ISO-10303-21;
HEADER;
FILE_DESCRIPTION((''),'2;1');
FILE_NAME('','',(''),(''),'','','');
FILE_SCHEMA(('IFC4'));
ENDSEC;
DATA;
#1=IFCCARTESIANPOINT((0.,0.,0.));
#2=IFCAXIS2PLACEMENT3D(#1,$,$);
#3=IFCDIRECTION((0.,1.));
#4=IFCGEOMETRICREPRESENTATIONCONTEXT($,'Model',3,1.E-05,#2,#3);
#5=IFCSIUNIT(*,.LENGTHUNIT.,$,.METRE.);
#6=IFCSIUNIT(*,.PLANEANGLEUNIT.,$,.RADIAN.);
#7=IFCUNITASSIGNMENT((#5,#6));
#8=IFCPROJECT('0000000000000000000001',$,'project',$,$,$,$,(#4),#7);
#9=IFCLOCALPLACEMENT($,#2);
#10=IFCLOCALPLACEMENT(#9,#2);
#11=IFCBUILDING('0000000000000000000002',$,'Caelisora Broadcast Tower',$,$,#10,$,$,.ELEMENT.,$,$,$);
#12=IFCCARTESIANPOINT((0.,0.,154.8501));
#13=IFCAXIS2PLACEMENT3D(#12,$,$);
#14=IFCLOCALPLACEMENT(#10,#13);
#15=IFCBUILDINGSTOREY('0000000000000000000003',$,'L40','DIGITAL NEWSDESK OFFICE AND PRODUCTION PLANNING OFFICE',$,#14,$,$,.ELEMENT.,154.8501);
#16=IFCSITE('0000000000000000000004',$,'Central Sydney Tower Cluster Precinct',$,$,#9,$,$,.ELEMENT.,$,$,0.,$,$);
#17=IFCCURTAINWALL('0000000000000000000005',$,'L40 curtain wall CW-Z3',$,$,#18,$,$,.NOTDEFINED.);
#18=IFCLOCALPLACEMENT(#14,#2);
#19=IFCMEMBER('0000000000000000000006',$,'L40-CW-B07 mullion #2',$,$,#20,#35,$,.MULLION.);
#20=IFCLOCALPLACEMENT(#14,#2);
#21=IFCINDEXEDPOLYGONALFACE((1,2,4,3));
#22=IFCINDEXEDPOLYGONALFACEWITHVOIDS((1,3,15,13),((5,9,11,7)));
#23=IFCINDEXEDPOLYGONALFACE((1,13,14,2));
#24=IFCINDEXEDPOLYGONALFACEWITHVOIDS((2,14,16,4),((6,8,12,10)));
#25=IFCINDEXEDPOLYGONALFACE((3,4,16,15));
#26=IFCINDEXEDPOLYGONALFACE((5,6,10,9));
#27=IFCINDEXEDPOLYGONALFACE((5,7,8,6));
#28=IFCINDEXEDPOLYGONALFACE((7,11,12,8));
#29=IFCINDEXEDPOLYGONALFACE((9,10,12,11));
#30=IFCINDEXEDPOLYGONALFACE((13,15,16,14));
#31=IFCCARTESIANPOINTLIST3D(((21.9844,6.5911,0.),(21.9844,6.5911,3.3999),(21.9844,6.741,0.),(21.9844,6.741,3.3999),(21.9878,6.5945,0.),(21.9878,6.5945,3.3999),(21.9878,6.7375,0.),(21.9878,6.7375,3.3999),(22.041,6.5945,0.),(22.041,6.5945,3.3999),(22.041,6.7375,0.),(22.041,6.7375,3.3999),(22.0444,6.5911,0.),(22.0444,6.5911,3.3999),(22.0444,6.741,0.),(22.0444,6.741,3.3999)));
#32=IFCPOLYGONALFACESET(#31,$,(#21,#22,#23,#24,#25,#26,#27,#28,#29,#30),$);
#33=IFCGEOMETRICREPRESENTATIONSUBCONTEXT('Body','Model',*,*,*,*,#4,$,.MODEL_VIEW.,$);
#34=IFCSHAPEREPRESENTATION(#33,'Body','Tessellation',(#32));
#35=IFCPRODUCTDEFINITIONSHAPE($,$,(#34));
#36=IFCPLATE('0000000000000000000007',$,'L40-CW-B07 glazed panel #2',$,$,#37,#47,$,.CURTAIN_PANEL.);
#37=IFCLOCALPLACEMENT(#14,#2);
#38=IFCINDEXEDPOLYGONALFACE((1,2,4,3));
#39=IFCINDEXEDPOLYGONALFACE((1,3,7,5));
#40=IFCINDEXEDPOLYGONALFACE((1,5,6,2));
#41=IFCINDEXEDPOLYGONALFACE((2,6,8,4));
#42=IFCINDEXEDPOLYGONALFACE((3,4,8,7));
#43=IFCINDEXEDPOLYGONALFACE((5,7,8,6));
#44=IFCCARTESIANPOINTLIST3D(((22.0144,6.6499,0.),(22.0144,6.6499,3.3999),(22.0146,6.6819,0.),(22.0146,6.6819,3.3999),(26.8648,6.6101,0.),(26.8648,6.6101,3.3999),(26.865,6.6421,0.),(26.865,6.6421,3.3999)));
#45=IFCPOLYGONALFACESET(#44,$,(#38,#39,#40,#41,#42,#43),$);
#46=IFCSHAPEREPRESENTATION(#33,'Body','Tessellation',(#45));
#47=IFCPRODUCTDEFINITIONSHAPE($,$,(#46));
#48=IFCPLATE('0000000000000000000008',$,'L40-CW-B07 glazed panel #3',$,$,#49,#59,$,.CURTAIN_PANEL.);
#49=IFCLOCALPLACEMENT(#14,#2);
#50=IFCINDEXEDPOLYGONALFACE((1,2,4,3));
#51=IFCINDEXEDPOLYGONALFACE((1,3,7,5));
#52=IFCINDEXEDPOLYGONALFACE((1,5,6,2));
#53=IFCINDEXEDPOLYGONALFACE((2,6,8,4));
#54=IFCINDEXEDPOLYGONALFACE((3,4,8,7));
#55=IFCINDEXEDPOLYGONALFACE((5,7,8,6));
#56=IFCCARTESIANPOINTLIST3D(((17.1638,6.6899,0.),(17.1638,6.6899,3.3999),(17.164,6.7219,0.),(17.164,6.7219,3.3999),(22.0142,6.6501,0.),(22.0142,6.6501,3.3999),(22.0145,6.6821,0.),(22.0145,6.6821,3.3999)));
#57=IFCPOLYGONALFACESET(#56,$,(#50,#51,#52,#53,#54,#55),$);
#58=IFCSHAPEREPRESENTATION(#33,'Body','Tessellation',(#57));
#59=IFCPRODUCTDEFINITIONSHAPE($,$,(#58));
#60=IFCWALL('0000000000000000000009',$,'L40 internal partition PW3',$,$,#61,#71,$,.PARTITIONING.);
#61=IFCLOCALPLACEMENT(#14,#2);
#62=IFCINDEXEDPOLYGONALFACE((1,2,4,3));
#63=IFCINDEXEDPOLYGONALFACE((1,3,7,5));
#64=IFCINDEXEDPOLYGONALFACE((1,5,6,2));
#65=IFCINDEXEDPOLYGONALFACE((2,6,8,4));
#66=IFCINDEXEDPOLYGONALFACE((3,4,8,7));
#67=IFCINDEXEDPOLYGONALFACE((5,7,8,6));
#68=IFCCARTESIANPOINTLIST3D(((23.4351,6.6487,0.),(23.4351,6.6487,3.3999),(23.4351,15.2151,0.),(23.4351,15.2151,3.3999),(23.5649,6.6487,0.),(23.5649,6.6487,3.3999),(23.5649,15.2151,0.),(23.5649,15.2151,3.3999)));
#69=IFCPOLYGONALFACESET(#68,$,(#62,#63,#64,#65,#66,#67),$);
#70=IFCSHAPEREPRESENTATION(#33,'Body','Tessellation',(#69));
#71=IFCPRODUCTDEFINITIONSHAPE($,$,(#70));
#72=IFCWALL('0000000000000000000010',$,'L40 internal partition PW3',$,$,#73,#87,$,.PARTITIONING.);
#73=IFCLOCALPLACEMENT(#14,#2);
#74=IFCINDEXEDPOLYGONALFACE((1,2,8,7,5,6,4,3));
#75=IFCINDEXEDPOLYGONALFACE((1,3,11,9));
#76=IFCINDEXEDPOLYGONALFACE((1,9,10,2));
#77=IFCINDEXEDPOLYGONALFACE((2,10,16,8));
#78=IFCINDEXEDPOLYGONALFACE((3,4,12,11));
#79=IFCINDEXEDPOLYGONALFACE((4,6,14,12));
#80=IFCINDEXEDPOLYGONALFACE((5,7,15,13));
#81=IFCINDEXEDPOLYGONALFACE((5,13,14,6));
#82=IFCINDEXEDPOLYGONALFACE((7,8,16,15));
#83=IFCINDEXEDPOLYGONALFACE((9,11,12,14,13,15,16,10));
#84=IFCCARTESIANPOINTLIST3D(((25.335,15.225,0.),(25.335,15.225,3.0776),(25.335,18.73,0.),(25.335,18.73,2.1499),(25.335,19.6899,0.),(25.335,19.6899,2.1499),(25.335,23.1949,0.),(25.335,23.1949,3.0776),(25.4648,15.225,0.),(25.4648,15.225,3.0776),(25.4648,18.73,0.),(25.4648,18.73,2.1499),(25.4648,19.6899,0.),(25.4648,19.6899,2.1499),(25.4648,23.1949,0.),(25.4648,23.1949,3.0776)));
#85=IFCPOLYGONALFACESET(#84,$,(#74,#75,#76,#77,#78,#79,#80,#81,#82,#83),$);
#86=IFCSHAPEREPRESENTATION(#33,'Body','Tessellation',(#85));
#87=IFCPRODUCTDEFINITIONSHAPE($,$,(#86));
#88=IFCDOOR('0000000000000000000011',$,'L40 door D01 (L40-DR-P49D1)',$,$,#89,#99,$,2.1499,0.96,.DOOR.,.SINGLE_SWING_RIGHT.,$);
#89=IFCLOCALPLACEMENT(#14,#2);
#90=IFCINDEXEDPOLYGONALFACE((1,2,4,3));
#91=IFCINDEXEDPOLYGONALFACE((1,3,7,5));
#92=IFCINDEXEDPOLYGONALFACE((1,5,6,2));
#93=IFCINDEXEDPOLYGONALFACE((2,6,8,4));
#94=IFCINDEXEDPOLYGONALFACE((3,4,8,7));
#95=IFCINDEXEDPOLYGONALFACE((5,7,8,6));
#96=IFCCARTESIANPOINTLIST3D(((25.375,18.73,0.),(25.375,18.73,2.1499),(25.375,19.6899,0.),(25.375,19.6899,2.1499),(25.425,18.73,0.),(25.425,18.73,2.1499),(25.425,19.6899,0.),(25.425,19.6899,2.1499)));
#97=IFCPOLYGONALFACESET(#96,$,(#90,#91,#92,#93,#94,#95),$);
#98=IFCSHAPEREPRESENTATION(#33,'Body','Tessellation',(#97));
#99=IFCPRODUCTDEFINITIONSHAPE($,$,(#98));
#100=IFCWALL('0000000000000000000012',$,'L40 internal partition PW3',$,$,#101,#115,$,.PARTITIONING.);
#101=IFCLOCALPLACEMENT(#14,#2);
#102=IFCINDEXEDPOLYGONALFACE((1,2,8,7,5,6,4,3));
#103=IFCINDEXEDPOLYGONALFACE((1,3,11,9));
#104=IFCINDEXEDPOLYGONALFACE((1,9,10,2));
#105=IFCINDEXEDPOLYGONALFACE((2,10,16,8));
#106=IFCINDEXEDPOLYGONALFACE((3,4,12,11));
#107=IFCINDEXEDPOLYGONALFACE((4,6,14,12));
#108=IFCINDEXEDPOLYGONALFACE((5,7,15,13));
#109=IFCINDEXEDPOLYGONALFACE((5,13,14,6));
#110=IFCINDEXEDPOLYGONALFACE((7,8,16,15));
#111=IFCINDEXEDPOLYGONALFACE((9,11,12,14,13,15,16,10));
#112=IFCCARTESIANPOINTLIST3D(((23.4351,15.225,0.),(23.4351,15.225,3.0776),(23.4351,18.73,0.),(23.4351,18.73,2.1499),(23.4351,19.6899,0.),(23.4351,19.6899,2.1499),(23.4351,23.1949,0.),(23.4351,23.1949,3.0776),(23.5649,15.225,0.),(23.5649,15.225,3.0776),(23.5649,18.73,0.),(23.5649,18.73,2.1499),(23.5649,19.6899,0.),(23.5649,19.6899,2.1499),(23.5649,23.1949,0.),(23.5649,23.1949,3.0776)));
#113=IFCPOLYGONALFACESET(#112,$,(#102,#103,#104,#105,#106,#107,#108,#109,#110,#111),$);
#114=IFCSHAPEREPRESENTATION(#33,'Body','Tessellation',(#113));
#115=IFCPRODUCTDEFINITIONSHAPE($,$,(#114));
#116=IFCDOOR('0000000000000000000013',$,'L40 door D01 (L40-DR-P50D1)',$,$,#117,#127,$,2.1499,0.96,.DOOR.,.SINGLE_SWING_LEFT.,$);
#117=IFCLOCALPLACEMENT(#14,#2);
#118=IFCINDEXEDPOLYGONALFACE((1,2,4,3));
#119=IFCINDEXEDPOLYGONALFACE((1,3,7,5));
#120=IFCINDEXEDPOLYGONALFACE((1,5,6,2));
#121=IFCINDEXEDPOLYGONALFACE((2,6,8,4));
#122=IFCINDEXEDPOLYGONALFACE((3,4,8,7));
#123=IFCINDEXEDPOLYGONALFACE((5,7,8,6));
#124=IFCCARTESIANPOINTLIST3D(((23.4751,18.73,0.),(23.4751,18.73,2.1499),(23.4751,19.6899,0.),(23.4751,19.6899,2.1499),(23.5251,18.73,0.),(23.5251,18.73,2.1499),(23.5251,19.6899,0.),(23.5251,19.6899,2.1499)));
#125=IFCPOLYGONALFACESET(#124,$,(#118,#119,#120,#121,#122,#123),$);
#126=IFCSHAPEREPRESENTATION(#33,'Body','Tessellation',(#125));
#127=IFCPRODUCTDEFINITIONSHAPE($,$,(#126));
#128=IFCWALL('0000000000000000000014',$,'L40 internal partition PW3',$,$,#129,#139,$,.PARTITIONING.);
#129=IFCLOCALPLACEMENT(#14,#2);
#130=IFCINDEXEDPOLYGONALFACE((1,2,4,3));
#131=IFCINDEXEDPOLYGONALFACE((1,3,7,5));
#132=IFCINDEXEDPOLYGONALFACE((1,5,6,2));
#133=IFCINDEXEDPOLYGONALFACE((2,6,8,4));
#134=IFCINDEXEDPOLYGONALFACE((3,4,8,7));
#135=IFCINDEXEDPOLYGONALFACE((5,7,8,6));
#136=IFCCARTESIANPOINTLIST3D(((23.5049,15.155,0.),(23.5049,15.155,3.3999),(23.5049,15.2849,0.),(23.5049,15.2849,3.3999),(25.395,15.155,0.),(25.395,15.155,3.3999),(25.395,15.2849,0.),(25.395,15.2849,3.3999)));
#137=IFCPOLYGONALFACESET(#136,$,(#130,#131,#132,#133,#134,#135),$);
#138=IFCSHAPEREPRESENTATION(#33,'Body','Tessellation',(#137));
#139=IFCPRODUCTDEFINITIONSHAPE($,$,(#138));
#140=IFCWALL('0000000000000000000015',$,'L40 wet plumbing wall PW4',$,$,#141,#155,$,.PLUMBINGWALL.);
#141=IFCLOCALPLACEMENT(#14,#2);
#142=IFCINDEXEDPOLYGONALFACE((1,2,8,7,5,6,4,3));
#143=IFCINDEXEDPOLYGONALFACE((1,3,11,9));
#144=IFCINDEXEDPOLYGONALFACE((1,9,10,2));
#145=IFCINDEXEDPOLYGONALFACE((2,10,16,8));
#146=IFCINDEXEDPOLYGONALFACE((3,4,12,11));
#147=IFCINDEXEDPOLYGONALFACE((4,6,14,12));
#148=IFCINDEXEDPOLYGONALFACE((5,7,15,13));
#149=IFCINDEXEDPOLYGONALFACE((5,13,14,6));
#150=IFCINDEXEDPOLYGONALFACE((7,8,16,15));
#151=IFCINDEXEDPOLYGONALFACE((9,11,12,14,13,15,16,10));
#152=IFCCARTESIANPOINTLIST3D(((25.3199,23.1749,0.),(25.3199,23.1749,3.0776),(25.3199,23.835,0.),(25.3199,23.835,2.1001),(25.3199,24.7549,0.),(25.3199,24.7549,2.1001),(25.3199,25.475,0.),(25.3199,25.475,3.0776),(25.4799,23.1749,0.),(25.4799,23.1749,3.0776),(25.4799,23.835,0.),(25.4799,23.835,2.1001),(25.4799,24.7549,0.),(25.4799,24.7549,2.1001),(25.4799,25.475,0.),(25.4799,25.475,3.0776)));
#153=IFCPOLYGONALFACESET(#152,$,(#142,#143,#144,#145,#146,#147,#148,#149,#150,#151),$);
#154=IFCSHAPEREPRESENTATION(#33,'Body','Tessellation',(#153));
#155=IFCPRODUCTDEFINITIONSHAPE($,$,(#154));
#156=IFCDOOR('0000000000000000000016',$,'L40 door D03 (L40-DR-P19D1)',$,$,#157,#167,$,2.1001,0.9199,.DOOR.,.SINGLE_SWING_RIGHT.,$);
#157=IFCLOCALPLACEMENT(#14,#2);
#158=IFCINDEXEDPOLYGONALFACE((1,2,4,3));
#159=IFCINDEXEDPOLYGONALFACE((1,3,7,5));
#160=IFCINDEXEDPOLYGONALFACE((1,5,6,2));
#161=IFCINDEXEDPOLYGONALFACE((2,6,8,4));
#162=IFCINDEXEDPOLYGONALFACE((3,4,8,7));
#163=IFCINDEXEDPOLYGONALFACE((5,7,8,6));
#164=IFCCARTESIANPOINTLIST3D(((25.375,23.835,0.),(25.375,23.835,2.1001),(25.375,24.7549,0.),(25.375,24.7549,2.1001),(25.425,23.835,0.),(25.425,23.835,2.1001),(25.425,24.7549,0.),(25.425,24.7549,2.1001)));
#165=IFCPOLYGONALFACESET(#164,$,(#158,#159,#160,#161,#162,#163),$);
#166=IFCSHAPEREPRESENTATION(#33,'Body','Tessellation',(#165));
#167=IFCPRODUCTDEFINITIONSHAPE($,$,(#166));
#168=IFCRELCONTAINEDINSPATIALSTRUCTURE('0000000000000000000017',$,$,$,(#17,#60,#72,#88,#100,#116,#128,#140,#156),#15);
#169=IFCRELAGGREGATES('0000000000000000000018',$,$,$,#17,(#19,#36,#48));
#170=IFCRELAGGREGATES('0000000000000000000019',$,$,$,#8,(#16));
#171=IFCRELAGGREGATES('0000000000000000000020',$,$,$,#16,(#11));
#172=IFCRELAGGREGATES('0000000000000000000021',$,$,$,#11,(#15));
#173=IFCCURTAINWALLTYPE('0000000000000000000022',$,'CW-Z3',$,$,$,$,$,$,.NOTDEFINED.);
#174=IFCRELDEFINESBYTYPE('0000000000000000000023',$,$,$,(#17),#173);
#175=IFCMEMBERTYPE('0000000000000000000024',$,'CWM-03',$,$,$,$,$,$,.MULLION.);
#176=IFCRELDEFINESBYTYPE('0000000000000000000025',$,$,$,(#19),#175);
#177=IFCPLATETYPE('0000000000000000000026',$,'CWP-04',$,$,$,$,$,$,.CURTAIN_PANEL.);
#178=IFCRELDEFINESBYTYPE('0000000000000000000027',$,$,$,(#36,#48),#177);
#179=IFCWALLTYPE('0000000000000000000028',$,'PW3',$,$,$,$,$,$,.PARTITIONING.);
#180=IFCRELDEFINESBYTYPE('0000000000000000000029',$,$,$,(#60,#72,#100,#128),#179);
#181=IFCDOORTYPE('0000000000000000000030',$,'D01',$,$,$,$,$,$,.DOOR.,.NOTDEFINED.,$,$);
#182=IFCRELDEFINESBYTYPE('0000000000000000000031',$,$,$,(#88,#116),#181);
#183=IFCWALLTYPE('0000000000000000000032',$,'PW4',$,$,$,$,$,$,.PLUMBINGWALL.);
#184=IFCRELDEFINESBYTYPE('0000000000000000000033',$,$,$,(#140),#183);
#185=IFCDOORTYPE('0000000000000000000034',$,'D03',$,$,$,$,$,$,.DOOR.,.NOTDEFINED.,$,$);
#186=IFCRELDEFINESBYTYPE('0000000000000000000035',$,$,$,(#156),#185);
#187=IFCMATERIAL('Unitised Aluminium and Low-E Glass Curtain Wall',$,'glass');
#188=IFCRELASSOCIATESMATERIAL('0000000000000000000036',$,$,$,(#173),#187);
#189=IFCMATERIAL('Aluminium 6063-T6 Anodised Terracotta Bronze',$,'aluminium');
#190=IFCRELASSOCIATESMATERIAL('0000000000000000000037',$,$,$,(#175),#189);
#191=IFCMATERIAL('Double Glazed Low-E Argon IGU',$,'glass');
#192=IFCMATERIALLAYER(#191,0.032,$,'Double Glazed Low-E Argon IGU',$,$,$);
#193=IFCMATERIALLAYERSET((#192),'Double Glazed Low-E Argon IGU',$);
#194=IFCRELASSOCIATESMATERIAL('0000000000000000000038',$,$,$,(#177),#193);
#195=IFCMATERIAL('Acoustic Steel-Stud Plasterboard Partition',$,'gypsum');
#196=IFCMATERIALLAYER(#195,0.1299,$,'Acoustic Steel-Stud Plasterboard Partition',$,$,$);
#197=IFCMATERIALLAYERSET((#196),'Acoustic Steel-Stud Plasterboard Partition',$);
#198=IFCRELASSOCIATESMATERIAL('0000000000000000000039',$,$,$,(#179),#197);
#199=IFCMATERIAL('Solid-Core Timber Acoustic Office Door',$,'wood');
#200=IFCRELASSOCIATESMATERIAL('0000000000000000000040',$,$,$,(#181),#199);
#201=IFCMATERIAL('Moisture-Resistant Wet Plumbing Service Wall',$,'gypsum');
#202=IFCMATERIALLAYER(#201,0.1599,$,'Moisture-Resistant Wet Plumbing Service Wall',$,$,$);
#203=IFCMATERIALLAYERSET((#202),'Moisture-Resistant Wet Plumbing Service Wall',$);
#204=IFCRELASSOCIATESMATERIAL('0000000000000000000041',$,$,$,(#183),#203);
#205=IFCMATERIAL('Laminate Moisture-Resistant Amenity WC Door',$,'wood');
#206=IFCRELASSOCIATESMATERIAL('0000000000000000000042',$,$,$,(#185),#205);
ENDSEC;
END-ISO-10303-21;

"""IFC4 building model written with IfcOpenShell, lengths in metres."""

from ifc_helpers import new_model, si_unit, direction, frame, frame_2d, origin, origin_2d, place, context, subcontext, project, spatial, rectangle, hollow_rectangle, extrude, source, transform, mapped, material, layer, layer_set, material_profile, profile_set, type_object, type_shapes, element, fill, aggregate, save


model = new_model("IFC4")

# Units and contexts
model_context = context("Model", 3, precision=1e-05, world=origin(), true_north=direction((0.0, 1.0)))
body_context = subcontext(model_context, "Body", "Model", "MODEL_VIEW")
ifc_project = project(units=[si_unit("LENGTHUNIT", "METRE"), si_unit("PLANEANGLEUNIT", "RADIAN")], contexts=[model_context])

# Site, building, storey
site_placement = place(None, origin())
site = spatial("IfcSite", under=ifc_project, at=site_placement, Name="Central Sydney Tower Cluster Precinct", CompositionType="ELEMENT", RefElevation=0.0)
building_placement = place(site_placement, origin())
building = spatial("IfcBuilding", under=site, at=building_placement, Name="Caelisora Broadcast Tower", CompositionType="ELEMENT")
storey_placement = place(building_placement, frame((0.0, 0.0, 154.8501)))
storey = spatial("IfcBuildingStorey", under=building, at=storey_placement, Name="L40", Description="DIGITAL NEWSDESK OFFICE AND PRODUCTION PLANNING OFFICE", CompositionType="ELEMENT", Elevation=154.8501)

# Curtain wall, member, plates
ifc_material_1 = material(Name="Unitised Aluminium and Low-E Glass Curtain Wall", Category="glass")
curtain_wall_type = type_object("IfcCurtainWallType", Name="CW-Z3", PredefinedType="NOTDEFINED", material=ifc_material_1)
curtain_wall_placement = place(storey_placement, origin())
curtain_wall = element("IfcCurtainWall", 1, at=curtain_wall_placement, inside=storey, type_object=curtain_wall_type, Name="L40 curtain wall CW-Z3", PredefinedType="NOTDEFINED")
ifc_material_2 = material(Name="Aluminium 6063-T6 Anodised Terracotta Bronze", Category="aluminium")
ifc_material_profile_1 = material_profile(ifc_material_2, hollow_rectangle(XDim=0.0601, YDim=0.1499, WallThickness=0.0034, at=origin_2d()), Name="Aluminium 6063-T6 Anodised Terracotta Bronze")
ifc_profile_set_1 = profile_set([ifc_material_profile_1], Name="Aluminium 6063-T6 Anodised Terracotta Bronze")
member_type = type_object("IfcMemberType", Name="CWM-03", PredefinedType="MULLION", material=ifc_profile_set_1)
shared_shape_1 = source(origin(), body_context, "Body", "SweptSolid", [
    extrude(hollow_rectangle(XDim=0.0601, YDim=0.1499, WallThickness=0.0034, at=origin_2d()), origin(), (0.0, 0.0, 1.0), 3.3999),
])
type_shapes(member_type, [shared_shape_1])
member_placement = place(storey_placement, frame((22.0144, 6.666, 0.0), z_axis=(0.0, 0.0, 1.0), x_axis=(1.0, 0.0, 0.0)))
member = element("IfcMember", 2, at=member_placement, type_object=member_type, Name="L40-CW-B07 mullion #2", PredefinedType="MULLION", context=body_context, shape_type="MappedRepresentation", body=[
    mapped(shared_shape_1, transform((0.0, 0.0, 0.0), scale=1.0)),
])
ifc_material_3 = material(Name="Double Glazed Low-E Argon IGU", Category="glass")
ifc_layer_1 = layer(ifc_material_3, 0.032, Name="Double Glazed Low-E Argon IGU")
ifc_layer_set_1 = layer_set([ifc_layer_1], Name="Double Glazed Low-E Argon IGU")
plate_type = type_object("IfcPlateType", Name="CWP-04", PredefinedType="CURTAIN_PANEL", material=ifc_layer_set_1)
shared_shape_2 = source(origin(), body_context, "Body", "SweptSolid", [
    extrude(rectangle(XDim=4.8506, YDim=0.032, at=origin_2d()), origin(), (0.0, 0.0, 1.0), 3.3999),
])
type_shapes(plate_type, [shared_shape_2])
plate_1_placement = place(storey_placement, frame((24.4397, 6.646, 0.0), z_axis=(0.0, 0.0, 1.0), x_axis=(-0.999966, 0.008203, 0.0)))
plate_1 = element("IfcPlate", 3, at=plate_1_placement, type_object=plate_type, Name="L40-CW-B07 glazed panel #2", PredefinedType="CURTAIN_PANEL", context=body_context, shape_type="MappedRepresentation", body=[
    mapped(shared_shape_2, transform((0.0, 0.0, 0.0), scale=1.0)),
])
plate_2_placement = place(storey_placement, frame((19.5891, 6.686, 0.0), z_axis=(0.0, 0.0, 1.0), x_axis=(-0.999966, 0.008203, 0.0)))
plate_2 = element("IfcPlate", 4, at=plate_2_placement, type_object=plate_type, Name="L40-CW-B07 glazed panel #3", PredefinedType="CURTAIN_PANEL", context=body_context, shape_type="MappedRepresentation", body=[
    mapped(shared_shape_2, transform((0.0, 0.0, 0.0), scale=1.0)),
])
aggregate(curtain_wall, [member, plate_1, plate_2])

# Wall
ifc_material_4 = material(Name="Acoustic Steel-Stud Plasterboard Partition", Category="gypsum")
ifc_layer_2 = layer(ifc_material_4, 0.1299, Name="Acoustic Steel-Stud Plasterboard Partition")
ifc_layer_set_2 = layer_set([ifc_layer_2], Name="Acoustic Steel-Stud Plasterboard Partition")
wall_type_1 = type_object("IfcWallType", Name="PW3", PredefinedType="PARTITIONING", material=ifc_layer_set_2)
wall_1_placement = place(storey_placement, frame((23.5, 6.6487, 0.0), z_axis=(0.0, 0.0, 1.0), x_axis=(0.0, 1.0, 0.0)))
element("IfcWall", 5, at=wall_1_placement, inside=storey, type_object=wall_type_1, Name="L40 internal partition PW3", PredefinedType="PARTITIONING", context=body_context, shape_type="SweptSolid", body=[
    extrude(rectangle(XDim=8.5664, YDim=0.1299, at=frame_2d((4.2832, 0.0))), origin(), (0.0, 0.0, 1.0), 3.3999),
])

# Walls, openings, doors
wall_2_placement = place(storey_placement, frame((25.3999, 15.2251, 0.0), z_axis=(0.0, 0.0, 1.0), x_axis=(0.0, 1.0, 0.0)))
wall_2 = element("IfcWall", 6, at=wall_2_placement, inside=storey, type_object=wall_type_1, Name="L40 internal partition PW3", PredefinedType="PARTITIONING", context=body_context, shape_type="SweptSolid", body=[
    extrude(rectangle(XDim=7.97, YDim=0.1299, at=frame_2d((3.9849, 0.0))), origin(), (0.0, 0.0, 1.0), 3.0776),
])
opening_1_placement = place(wall_2_placement, frame((3.5049, 0.0, 0.0)))
opening_1 = element("IfcOpeningElement", 7, at=opening_1_placement, cuts=wall_2, PredefinedType="OPENING", context=body_context, shape_type="SweptSolid", body=[
    extrude(rectangle(XDim=0.96, YDim=2.1499, at=frame_2d((0.48, 1.075))), frame((0.0, 0.0769, 0.0), z_axis=(0.0, -1.0, 0.0), x_axis=(1.0, 0.0, 0.0)), (0.0, 0.0, 1.0), 0.1538),
])
ifc_material_5 = material(Name="Solid-Core Timber Acoustic Office Door", Category="wood")
door_type_1 = type_object("IfcDoorType", Name="D01", OperationType="NOTDEFINED", PredefinedType="DOOR", material=ifc_material_5)
door_1_placement = place(opening_1_placement, origin())
door_1 = element("IfcDoor", 8, at=door_1_placement, inside=storey, type_object=door_type_1, Name="L40 door D01 (L40-DR-P49D1)", OperationType="SINGLE_SWING_RIGHT", OverallHeight=2.1499, OverallWidth=0.96, PredefinedType="DOOR", context=body_context, shape_type="SweptSolid", body=[
    extrude(rectangle(XDim=0.96, YDim=2.1499, at=frame_2d((0.48, 1.075))), frame((0.0, 0.0249, 0.0), z_axis=(0.0, -1.0, 0.0), x_axis=(1.0, 0.0, 0.0)), (0.0, 0.0, 1.0), 0.05),
])
fill(opening_1, door_1)
wall_3_placement = place(storey_placement, frame((23.5, 15.2251, 0.0), z_axis=(0.0, 0.0, 1.0), x_axis=(0.0, 1.0, 0.0)))
wall_3 = element("IfcWall", 9, at=wall_3_placement, inside=storey, type_object=wall_type_1, Name="L40 internal partition PW3", PredefinedType="PARTITIONING", context=body_context, shape_type="SweptSolid", body=[
    extrude(rectangle(XDim=7.97, YDim=0.1299, at=frame_2d((3.9849, 0.0))), origin(), (0.0, 0.0, 1.0), 3.0776),
])
opening_2_placement = place(wall_3_placement, frame((3.5049, 0.0, 0.0)))
opening_2 = element("IfcOpeningElement", 10, at=opening_2_placement, cuts=wall_3, PredefinedType="OPENING", context=body_context, shape_type="SweptSolid", body=[
    extrude(rectangle(XDim=0.96, YDim=2.1499, at=frame_2d((0.48, 1.075))), frame((0.0, 0.0769, 0.0), z_axis=(0.0, -1.0, 0.0), x_axis=(1.0, 0.0, 0.0)), (0.0, 0.0, 1.0), 0.1538),
])
door_2_placement = place(opening_2_placement, origin())
door_2 = element("IfcDoor", 11, at=door_2_placement, inside=storey, type_object=door_type_1, Name="L40 door D01 (L40-DR-P50D1)", OperationType="SINGLE_SWING_LEFT", OverallHeight=2.1499, OverallWidth=0.96, PredefinedType="DOOR", context=body_context, shape_type="SweptSolid", body=[
    extrude(rectangle(XDim=0.96, YDim=2.1499, at=frame_2d((0.48, 1.075))), frame((0.0, 0.0249, 0.0), z_axis=(0.0, -1.0, 0.0), x_axis=(1.0, 0.0, 0.0)), (0.0, 0.0, 1.0), 0.05),
])
fill(opening_2, door_2)

# Wall
wall_4_placement = place(storey_placement, frame((23.5049, 15.22, 0.0), z_axis=(0.0, 0.0, 1.0), x_axis=(1.0, 0.0, 0.0)))
element("IfcWall", 12, at=wall_4_placement, inside=storey, type_object=wall_type_1, Name="L40 internal partition PW3", PredefinedType="PARTITIONING", context=body_context, shape_type="SweptSolid", body=[
    extrude(rectangle(XDim=1.8901, YDim=0.1299, at=frame_2d((0.9451, 0.0))), origin(), (0.0, 0.0, 1.0), 3.3999),
])

# Wall, opening, door
ifc_material_6 = material(Name="Moisture-Resistant Wet Plumbing Service Wall", Category="gypsum")
ifc_layer_3 = layer(ifc_material_6, 0.1599, Name="Moisture-Resistant Wet Plumbing Service Wall")
ifc_layer_set_3 = layer_set([ifc_layer_3], Name="Moisture-Resistant Wet Plumbing Service Wall")
wall_type_2 = type_object("IfcWallType", Name="PW4", PredefinedType="PLUMBINGWALL", material=ifc_layer_set_3)
wall_5_placement = place(storey_placement, frame((25.3999, 23.175, 0.0), z_axis=(0.0, 0.0, 1.0), x_axis=(0.0, 1.0, 0.0)))
wall_5 = element("IfcWall", 13, at=wall_5_placement, inside=storey, type_object=wall_type_2, Name="L40 wet plumbing wall PW4", PredefinedType="PLUMBINGWALL", context=body_context, shape_type="SweptSolid", body=[
    extrude(rectangle(XDim=2.3, YDim=0.1599, at=frame_2d((1.1499, 0.0))), origin(), (0.0, 0.0, 1.0), 3.0776),
])
opening_3_placement = place(wall_5_placement, frame((0.6599, 0.0, 0.0)))
opening_3 = element("IfcOpeningElement", 14, at=opening_3_placement, cuts=wall_5, PredefinedType="OPENING", context=body_context, shape_type="SweptSolid", body=[
    extrude(rectangle(XDim=0.9199, YDim=2.1001, at=frame_2d((0.46, 1.05))), frame((0.0, 0.092, 0.0), z_axis=(0.0, -1.0, 0.0), x_axis=(1.0, 0.0, 0.0)), (0.0, 0.0, 1.0), 0.1838),
])
ifc_material_7 = material(Name="Laminate Moisture-Resistant Amenity WC Door", Category="wood")
door_type_2 = type_object("IfcDoorType", Name="D03", OperationType="NOTDEFINED", PredefinedType="DOOR", material=ifc_material_7)
door_3_placement = place(opening_3_placement, origin())
door_3 = element("IfcDoor", 15, at=door_3_placement, inside=storey, type_object=door_type_2, Name="L40 door D03 (L40-DR-P19D1)", OperationType="SINGLE_SWING_RIGHT", OverallHeight=2.1001, OverallWidth=0.9199, PredefinedType="DOOR", context=body_context, shape_type="SweptSolid", body=[
    extrude(rectangle(XDim=0.9199, YDim=2.1001, at=frame_2d((0.46, 1.05))), frame((0.0, 0.0249, 0.0), z_axis=(0.0, -1.0, 0.0), x_axis=(1.0, 0.0, 0.0)), (0.0, 0.0, 1.0), 0.05),
])
fill(opening_3, door_3)

save(model, "model.ifc")
